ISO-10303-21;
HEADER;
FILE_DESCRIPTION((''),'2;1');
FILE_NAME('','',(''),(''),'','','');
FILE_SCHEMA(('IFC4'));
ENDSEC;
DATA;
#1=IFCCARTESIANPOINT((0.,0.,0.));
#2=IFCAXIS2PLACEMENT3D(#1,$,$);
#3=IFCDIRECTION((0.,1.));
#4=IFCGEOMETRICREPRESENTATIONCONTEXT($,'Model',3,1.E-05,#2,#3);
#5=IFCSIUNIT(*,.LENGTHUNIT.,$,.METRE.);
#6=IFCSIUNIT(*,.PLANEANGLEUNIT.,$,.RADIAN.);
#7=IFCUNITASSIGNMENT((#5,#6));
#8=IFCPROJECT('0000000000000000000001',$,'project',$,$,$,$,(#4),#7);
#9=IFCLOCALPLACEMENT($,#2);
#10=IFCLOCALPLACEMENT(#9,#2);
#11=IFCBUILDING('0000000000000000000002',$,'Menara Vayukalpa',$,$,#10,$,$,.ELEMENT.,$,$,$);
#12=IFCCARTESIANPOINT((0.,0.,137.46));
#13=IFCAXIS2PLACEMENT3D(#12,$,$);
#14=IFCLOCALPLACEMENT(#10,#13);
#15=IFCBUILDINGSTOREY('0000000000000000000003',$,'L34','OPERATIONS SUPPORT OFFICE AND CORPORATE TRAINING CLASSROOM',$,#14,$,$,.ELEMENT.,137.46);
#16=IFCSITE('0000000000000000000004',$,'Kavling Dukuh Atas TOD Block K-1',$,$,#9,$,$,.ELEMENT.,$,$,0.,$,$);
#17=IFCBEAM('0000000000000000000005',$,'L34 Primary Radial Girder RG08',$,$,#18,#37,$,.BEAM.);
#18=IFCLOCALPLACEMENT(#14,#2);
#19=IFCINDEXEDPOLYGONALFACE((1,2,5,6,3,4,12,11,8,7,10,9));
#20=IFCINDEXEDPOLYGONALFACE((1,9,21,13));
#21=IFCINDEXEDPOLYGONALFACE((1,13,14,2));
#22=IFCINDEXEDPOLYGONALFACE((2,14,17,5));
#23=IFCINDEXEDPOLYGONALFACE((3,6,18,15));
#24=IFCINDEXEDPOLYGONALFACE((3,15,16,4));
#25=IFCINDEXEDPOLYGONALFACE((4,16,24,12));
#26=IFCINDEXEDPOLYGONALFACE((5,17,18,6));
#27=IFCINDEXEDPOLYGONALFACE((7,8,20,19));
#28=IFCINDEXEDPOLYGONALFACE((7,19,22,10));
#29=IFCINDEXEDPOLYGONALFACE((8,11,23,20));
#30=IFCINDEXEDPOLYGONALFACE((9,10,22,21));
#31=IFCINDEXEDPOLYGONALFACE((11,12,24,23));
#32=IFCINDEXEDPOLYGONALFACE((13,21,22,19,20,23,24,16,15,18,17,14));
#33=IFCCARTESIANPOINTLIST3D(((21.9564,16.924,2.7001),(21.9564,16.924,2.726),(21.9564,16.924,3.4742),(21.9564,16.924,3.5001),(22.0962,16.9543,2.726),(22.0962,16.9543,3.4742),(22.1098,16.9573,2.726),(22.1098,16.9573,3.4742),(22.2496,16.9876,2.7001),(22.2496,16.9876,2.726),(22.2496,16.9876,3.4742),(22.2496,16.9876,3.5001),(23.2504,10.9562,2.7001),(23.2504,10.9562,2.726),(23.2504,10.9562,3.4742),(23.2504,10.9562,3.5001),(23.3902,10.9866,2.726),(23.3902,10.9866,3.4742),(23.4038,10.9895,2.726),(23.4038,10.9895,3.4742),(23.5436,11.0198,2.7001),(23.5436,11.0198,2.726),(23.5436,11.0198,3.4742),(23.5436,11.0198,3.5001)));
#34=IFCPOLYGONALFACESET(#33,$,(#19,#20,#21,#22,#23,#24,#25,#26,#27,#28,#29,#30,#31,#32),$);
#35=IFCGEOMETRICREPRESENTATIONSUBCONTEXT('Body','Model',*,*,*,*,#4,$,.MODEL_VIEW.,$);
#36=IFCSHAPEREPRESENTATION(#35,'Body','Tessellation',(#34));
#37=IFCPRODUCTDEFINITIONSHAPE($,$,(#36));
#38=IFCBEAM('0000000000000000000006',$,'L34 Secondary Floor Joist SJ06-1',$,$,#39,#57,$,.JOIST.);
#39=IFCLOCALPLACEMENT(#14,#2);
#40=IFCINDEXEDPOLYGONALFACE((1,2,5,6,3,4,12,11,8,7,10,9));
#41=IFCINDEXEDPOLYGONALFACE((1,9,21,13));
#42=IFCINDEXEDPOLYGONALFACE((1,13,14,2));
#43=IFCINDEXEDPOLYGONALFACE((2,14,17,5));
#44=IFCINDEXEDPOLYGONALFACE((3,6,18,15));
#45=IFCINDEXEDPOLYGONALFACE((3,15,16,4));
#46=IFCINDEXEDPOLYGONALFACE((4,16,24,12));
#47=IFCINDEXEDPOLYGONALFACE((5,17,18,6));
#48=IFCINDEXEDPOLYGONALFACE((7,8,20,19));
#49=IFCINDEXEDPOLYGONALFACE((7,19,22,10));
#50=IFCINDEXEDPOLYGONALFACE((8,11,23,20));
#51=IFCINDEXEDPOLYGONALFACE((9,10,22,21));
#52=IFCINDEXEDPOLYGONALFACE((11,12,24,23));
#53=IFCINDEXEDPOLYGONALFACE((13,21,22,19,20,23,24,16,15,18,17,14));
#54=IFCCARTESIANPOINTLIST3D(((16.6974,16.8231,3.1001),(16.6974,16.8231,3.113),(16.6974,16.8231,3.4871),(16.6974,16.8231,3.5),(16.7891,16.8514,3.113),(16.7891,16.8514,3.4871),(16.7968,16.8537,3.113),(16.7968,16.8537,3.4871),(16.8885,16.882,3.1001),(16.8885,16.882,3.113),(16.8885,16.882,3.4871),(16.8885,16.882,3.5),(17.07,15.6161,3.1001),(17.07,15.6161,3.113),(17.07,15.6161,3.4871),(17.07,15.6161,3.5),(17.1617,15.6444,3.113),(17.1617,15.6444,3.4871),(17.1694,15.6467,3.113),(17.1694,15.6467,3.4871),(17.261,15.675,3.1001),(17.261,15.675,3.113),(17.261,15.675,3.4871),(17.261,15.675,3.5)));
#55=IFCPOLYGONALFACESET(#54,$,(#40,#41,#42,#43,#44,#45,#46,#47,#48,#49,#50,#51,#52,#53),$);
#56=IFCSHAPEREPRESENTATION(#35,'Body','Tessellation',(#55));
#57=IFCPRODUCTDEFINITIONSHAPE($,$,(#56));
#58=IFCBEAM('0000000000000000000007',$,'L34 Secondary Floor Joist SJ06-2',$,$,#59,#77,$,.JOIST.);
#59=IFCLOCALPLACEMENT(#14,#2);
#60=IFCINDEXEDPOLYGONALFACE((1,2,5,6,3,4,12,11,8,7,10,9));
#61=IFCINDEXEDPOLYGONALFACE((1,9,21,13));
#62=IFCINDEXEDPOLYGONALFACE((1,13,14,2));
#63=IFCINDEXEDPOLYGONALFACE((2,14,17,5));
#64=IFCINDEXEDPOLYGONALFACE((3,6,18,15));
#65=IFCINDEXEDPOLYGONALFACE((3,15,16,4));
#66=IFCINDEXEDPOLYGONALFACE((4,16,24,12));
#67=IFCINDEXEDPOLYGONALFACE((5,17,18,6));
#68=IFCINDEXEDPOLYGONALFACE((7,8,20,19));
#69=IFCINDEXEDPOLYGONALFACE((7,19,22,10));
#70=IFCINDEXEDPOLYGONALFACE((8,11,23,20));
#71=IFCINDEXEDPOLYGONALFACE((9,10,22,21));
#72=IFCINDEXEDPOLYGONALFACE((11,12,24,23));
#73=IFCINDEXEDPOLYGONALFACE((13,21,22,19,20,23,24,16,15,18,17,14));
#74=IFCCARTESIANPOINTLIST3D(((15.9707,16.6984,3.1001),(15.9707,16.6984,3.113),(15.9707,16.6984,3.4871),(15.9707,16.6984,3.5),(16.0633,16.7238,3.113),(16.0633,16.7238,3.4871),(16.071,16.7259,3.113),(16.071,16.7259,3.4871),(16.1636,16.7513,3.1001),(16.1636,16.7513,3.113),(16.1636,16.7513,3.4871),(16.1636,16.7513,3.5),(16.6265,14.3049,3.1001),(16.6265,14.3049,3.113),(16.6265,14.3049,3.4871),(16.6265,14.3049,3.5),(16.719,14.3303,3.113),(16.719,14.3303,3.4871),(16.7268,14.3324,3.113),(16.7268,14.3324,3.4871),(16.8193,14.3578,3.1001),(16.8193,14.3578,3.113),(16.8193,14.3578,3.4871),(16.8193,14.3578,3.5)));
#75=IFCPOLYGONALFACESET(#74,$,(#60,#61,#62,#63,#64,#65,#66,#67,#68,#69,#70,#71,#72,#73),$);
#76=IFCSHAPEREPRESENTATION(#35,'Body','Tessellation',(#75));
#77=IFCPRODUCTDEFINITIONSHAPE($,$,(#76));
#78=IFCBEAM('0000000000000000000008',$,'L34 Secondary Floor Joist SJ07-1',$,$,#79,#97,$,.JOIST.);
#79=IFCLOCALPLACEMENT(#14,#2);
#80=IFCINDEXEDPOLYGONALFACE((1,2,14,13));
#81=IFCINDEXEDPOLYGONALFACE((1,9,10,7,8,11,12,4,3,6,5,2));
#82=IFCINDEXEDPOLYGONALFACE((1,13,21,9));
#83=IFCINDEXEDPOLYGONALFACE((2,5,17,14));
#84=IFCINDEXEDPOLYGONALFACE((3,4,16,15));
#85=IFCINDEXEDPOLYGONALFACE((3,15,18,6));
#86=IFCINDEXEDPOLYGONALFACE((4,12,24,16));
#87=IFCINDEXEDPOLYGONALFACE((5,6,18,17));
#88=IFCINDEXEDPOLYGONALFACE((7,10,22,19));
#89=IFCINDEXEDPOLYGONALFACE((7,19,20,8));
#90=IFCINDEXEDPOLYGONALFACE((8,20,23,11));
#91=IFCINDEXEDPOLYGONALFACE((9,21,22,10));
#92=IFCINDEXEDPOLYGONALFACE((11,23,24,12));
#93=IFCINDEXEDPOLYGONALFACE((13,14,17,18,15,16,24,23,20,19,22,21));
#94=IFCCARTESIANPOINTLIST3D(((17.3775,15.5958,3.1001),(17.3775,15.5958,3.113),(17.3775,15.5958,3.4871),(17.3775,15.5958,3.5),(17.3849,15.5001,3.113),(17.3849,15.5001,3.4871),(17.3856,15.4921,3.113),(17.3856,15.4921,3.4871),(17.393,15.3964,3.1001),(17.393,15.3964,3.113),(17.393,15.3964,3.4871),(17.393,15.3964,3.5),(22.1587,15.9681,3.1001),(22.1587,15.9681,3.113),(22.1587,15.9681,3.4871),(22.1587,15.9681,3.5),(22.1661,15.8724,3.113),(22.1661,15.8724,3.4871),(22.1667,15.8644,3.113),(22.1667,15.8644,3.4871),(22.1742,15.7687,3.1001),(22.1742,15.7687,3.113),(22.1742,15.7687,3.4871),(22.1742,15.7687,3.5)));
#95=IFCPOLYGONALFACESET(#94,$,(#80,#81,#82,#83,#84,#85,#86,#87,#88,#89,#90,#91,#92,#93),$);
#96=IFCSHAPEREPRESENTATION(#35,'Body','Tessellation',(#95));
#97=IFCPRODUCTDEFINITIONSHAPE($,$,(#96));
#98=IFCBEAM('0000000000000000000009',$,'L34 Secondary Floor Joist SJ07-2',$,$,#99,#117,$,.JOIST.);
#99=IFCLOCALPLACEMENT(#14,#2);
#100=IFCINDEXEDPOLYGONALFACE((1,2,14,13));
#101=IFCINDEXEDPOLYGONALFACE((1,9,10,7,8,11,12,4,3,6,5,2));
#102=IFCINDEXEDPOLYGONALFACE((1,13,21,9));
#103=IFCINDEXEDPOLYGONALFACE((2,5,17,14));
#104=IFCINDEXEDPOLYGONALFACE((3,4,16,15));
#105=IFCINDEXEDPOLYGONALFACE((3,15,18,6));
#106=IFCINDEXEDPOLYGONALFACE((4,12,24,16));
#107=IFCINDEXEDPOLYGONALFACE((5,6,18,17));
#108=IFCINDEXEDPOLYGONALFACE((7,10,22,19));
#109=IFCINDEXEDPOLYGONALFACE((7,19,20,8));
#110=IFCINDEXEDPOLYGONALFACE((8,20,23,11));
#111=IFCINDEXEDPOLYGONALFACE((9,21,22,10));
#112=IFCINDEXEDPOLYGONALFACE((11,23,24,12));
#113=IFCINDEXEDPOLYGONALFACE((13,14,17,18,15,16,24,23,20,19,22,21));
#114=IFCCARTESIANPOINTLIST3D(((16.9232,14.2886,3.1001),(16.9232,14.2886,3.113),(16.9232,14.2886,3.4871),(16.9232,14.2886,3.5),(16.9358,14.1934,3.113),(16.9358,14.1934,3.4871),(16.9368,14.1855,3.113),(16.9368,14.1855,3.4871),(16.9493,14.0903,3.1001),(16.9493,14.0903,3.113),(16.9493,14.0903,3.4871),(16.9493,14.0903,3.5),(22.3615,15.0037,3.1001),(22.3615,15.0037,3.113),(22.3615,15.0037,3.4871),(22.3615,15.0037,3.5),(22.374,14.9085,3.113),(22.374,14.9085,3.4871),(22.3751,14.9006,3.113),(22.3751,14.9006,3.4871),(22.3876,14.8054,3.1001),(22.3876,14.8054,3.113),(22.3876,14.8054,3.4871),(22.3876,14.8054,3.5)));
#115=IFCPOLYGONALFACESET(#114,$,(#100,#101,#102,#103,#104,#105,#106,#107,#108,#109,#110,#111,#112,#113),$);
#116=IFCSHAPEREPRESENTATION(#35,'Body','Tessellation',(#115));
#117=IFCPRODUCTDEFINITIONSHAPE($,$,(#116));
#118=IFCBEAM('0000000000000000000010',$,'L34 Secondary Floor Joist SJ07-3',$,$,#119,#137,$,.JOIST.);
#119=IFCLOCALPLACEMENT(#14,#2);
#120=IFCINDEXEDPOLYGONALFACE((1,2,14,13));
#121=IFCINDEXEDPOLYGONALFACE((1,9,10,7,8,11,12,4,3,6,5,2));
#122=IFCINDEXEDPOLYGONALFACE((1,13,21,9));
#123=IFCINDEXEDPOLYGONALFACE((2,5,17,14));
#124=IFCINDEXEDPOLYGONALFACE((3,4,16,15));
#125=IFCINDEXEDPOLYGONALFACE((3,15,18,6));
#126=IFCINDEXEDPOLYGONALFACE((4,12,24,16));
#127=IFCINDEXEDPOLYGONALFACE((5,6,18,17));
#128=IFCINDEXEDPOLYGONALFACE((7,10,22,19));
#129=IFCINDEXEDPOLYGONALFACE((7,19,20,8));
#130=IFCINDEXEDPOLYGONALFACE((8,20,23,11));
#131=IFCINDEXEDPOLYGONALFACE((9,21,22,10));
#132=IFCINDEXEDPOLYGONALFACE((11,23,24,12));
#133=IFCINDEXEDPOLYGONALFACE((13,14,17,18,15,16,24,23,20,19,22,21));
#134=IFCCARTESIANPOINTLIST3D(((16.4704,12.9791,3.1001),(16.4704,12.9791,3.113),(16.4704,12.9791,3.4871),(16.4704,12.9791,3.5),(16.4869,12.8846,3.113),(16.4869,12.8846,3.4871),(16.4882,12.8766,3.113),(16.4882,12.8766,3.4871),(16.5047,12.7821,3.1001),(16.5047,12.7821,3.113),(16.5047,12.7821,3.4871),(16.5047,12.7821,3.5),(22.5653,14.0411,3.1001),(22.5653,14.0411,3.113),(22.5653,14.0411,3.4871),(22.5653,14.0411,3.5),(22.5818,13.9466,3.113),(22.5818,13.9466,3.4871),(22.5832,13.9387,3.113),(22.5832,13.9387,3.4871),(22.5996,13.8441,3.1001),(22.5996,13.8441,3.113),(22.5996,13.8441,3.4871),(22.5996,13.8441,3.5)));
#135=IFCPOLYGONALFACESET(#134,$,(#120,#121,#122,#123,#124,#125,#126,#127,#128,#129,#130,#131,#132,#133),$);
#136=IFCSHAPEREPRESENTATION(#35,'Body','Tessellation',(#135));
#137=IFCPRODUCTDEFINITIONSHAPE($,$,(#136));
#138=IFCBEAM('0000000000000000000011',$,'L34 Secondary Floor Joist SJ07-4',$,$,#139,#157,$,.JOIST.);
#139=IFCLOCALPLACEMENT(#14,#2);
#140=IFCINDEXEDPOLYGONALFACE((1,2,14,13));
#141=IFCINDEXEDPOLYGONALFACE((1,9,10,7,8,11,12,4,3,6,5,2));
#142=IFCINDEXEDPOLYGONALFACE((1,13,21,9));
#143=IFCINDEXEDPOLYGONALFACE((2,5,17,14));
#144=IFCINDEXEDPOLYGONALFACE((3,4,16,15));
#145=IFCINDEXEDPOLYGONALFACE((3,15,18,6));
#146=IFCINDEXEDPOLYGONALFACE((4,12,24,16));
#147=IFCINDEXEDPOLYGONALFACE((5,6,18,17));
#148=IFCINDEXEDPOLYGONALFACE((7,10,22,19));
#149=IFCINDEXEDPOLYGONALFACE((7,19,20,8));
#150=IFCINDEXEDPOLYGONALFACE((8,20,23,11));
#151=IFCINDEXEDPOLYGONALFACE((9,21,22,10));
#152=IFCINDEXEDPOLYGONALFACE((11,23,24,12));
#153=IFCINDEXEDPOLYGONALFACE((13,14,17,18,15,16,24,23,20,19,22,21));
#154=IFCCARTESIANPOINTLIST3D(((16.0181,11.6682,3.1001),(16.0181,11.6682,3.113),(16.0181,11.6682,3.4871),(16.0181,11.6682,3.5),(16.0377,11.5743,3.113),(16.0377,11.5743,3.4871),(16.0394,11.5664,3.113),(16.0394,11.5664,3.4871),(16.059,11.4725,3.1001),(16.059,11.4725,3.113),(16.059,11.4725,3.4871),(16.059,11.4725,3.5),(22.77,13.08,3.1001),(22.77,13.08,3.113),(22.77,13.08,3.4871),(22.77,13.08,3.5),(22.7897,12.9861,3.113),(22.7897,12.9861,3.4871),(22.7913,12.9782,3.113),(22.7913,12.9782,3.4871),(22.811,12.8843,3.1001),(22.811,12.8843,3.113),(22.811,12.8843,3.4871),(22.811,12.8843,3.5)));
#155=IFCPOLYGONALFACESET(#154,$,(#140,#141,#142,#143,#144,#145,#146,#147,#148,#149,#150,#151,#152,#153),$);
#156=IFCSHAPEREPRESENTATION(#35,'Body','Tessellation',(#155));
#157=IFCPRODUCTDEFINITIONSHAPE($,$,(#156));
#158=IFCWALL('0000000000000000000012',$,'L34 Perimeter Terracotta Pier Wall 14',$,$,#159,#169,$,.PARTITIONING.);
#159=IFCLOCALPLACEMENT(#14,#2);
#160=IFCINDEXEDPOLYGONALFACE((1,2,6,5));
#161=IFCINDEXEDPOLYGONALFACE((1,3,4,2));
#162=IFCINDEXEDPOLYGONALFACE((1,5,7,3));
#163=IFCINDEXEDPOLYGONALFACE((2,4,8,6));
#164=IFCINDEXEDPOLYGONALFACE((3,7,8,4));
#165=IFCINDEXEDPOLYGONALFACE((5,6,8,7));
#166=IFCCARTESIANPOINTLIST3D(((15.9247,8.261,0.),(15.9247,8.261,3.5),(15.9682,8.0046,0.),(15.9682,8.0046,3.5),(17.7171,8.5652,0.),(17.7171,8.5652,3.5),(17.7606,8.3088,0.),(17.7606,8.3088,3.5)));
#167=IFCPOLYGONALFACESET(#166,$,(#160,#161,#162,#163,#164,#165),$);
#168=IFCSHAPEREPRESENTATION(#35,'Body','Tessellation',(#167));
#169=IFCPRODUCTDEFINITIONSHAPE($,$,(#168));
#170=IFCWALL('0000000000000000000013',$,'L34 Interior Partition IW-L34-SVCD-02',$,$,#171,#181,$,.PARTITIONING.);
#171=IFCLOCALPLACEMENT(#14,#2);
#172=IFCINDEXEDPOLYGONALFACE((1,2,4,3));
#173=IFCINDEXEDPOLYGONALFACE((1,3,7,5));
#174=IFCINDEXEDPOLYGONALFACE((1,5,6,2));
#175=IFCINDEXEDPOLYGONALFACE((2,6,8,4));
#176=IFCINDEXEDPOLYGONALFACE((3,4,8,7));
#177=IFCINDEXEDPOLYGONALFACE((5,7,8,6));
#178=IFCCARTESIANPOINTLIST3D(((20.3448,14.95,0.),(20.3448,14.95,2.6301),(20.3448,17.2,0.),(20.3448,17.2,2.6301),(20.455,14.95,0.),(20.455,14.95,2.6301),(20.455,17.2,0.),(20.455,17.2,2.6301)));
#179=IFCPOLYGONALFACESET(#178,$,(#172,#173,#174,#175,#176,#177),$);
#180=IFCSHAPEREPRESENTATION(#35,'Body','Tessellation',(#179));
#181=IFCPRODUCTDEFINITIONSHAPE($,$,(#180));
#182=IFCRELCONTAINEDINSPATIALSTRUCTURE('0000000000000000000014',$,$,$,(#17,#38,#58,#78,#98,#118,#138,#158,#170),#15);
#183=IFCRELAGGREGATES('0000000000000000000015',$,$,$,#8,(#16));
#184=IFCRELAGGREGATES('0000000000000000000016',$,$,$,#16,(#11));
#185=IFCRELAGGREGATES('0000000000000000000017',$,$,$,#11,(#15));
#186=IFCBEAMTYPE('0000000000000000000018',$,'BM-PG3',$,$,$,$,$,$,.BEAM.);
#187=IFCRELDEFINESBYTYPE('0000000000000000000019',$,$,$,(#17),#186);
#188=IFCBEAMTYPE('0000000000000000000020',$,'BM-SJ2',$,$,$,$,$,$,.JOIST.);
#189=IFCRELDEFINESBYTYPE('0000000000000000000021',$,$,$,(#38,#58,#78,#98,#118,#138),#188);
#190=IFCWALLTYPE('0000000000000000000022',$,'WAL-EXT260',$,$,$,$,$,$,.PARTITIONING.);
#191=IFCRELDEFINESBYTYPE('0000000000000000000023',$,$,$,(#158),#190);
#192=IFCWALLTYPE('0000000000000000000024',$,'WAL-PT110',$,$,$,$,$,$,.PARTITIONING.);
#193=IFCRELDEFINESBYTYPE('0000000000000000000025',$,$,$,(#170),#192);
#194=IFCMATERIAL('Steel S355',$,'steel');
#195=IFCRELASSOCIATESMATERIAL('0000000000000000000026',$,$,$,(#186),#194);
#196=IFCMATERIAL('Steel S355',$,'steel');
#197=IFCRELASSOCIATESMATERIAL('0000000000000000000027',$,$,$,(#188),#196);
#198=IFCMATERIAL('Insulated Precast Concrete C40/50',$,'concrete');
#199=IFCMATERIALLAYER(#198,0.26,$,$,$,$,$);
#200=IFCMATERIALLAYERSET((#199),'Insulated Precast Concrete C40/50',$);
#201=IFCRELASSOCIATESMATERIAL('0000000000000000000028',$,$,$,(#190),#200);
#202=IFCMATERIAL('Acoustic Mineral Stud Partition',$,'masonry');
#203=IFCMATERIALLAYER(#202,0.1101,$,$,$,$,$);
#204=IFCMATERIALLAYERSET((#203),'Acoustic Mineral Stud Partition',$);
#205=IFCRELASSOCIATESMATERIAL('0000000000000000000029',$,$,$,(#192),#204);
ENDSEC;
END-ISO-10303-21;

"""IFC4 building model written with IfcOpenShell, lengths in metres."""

from ifc_helpers import new_model, si_unit, direction, frame, frame_2d, origin, origin_2d, place, context, subcontext, project, spatial, rectangle, i_section, extrude, material, layer, layer_set, material_profile, profile_set, type_object, element, save


model = new_model("IFC4")

# Units and contexts
model_context = context("Model", 3, precision=1e-05, world=origin(), true_north=direction((0.0, 1.0)))
body_context = subcontext(model_context, "Body", "Model", "MODEL_VIEW")
ifc_project = project(units=[si_unit("LENGTHUNIT", "METRE"), si_unit("PLANEANGLEUNIT", "RADIAN")], contexts=[model_context])

# Site, building, storey
site_placement = place(None, origin())
site = spatial("IfcSite", under=ifc_project, at=site_placement, Name="Kavling Dukuh Atas TOD Block K-1", CompositionType="ELEMENT", RefElevation=0.0)
building_placement = place(site_placement, origin())
building = spatial("IfcBuilding", under=site, at=building_placement, Name="Menara Vayukalpa", CompositionType="ELEMENT")
storey_placement = place(building_placement, frame((0.0, 0.0, 137.46)))
storey = spatial("IfcBuildingStorey", under=building, at=storey_placement, Name="L34", Description="OPERATIONS SUPPORT OFFICE AND CORPORATE TRAINING CLASSROOM", CompositionType="ELEMENT", Elevation=137.46)

# Beams
ifc_material_1 = material(Name="Steel S355", Category="steel")
ifc_material_profile_1 = material_profile(ifc_material_1, i_section(OverallWidth=0.3, OverallDepth=0.8, WebThickness=0.0139, FlangeThickness=0.0259, at=origin_2d()), Name="WF 800x300x14x26")
ifc_profile_set_1 = profile_set([ifc_material_profile_1], Name="Steel S355")
beam_type_1 = type_object("IfcBeamType", Name="BM-PG3", PredefinedType="BEAM", material=ifc_profile_set_1)
beam_1_placement = place(storey_placement, frame((22.103, 16.9558, 3.1001), z_axis=(0.211898, -0.977292, 0.0), x_axis=(0.977292, 0.211898, 0.0)))
element("IfcBeam", 1, at=beam_1_placement, inside=storey, type_object=beam_type_1, Name="L34 Primary Radial Girder RG08", PredefinedType="BEAM", context=body_context, shape_type="SweptSolid", body=[
    extrude(i_section(OverallWidth=0.3, OverallDepth=0.8, WebThickness=0.0139, FlangeThickness=0.0259, at=origin_2d()), origin(), (0.0, 0.0, 1.0), 6.1064),
])
ifc_material_2 = material(Name="Steel S355", Category="steel")
ifc_material_profile_2 = material_profile(ifc_material_2, i_section(OverallWidth=0.2, OverallDepth=0.3999, WebThickness=0.0081, FlangeThickness=0.0129, at=origin_2d()), Name="WF 400x200x8x13")
ifc_profile_set_2 = profile_set([ifc_material_profile_2], Name="Steel S355")
beam_type_2 = type_object("IfcBeamType", Name="BM-SJ2", PredefinedType="JOIST", material=ifc_profile_set_2)
beam_2_placement = place(storey_placement, frame((16.793, 16.8525, 3.3), z_axis=(0.294928, -0.95552, 0.0), x_axis=(0.95552, 0.294928, 0.0)))
element("IfcBeam", 2, at=beam_2_placement, inside=storey, type_object=beam_type_2, Name="L34 Secondary Floor Joist SJ06-1", PredefinedType="JOIST", context=body_context, shape_type="SweptSolid", body=[
    extrude(i_section(OverallWidth=0.2, OverallDepth=0.3999, WebThickness=0.0081, FlangeThickness=0.0129, at=origin_2d()), origin(), (0.0, 0.0, 1.0), 1.2632),
])
beam_3_placement = place(storey_placement, frame((16.0671, 16.7249, 3.3), z_axis=(0.264233, -0.964459, 0.0), x_axis=(0.964459, 0.264233, 0.0)))
element("IfcBeam", 3, at=beam_3_placement, inside=storey, type_object=beam_type_2, Name="L34 Secondary Floor Joist SJ06-2", PredefinedType="JOIST", context=body_context, shape_type="SweptSolid", body=[
    extrude(i_section(OverallWidth=0.2, OverallDepth=0.3999, WebThickness=0.0081, FlangeThickness=0.0129, at=origin_2d()), origin(), (0.0, 0.0, 1.0), 2.4817),
])
beam_4_placement = place(storey_placement, frame((17.3853, 15.4961, 3.3), z_axis=(0.996982, 0.077635, 0.0), x_axis=(-0.077635, 0.996982, 0.0)))
element("IfcBeam", 4, at=beam_4_placement, inside=storey, type_object=beam_type_2, Name="L34 Secondary Floor Joist SJ07-1", PredefinedType="JOIST", context=body_context, shape_type="SweptSolid", body=[
    extrude(i_section(OverallWidth=0.2, OverallDepth=0.3999, WebThickness=0.0081, FlangeThickness=0.0129, at=origin_2d()), origin(), (0.0, 0.0, 1.0), 4.7957),
])
beam_5_placement = place(storey_placement, frame((16.9363, 14.1895, 3.3), z_axis=(0.991465, 0.13037, 0.0), x_axis=(-0.13037, 0.991465, 0.0)))
element("IfcBeam", 5, at=beam_5_placement, inside=storey, type_object=beam_type_2, Name="L34 Secondary Floor Joist SJ07-2", PredefinedType="JOIST", context=body_context, shape_type="SweptSolid", body=[
    extrude(i_section(OverallWidth=0.2, OverallDepth=0.3999, WebThickness=0.0081, FlangeThickness=0.0129, at=origin_2d()), origin(), (0.0, 0.0, 1.0), 5.4851),
])
beam_6_placement = place(storey_placement, frame((16.4875, 12.8806, 3.3), z_axis=(0.985157, 0.171658, 0.0), x_axis=(-0.171658, 0.985157, 0.0)))
element("IfcBeam", 6, at=beam_6_placement, inside=storey, type_object=beam_type_2, Name="L34 Secondary Floor Joist SJ07-3", PredefinedType="JOIST", context=body_context, shape_type="SweptSolid", body=[
    extrude(i_section(OverallWidth=0.2, OverallDepth=0.3999, WebThickness=0.0081, FlangeThickness=0.0129, at=origin_2d()), origin(), (0.0, 0.0, 1.0), 6.1868),
])
beam_7_placement = place(storey_placement, frame((16.0386, 11.5703, 3.3), z_axis=(0.978829, 0.204678, 0.0), x_axis=(-0.204678, 0.978829, 0.0)))
element("IfcBeam", 7, at=beam_7_placement, inside=storey, type_object=beam_type_2, Name="L34 Secondary Floor Joist SJ07-4", PredefinedType="JOIST", context=body_context, shape_type="SweptSolid", body=[
    extrude(i_section(OverallWidth=0.2, OverallDepth=0.3999, WebThickness=0.0081, FlangeThickness=0.0129, at=origin_2d()), origin(), (0.0, 0.0, 1.0), 6.8979),
])

# Walls
ifc_material_3 = material(Name="Insulated Precast Concrete C40/50", Category="concrete")
ifc_layer_1 = layer(ifc_material_3, 0.26)
ifc_layer_set_1 = layer_set([ifc_layer_1], Name="Insulated Precast Concrete C40/50")
wall_type_1 = type_object("IfcWallType", Name="WAL-EXT260", PredefinedType="PARTITIONING", material=ifc_layer_set_1)
wall_1_placement = place(storey_placement, frame((17.739, 8.437, 0.0), z_axis=(0.0, 0.0, 1.0), x_axis=(-0.985903, -0.167316, 0.0)))
element("IfcWall", 8, at=wall_1_placement, inside=storey, type_object=wall_type_1, Name="L34 Perimeter Terracotta Pier Wall 14", PredefinedType="PARTITIONING", context=body_context, shape_type="SweptSolid", body=[
    extrude(rectangle(XDim=1.8181, YDim=0.26, at=frame_2d((0.9092, 0.0))), origin(), (0.0, 0.0, 1.0), 3.5),
])
ifc_material_4 = material(Name="Acoustic Mineral Stud Partition", Category="masonry")
ifc_layer_2 = layer(ifc_material_4, 0.1101)
ifc_layer_set_2 = layer_set([ifc_layer_2], Name="Acoustic Mineral Stud Partition")
wall_type_2 = type_object("IfcWallType", Name="WAL-PT110", PredefinedType="PARTITIONING", material=ifc_layer_set_2)
wall_2_placement = place(storey_placement, frame((20.3999, 14.95, 0.0), z_axis=(0.0, 0.0, 1.0), x_axis=(0.0, 1.0, 0.0)))
element("IfcWall", 9, at=wall_2_placement, inside=storey, type_object=wall_type_2, Name="L34 Interior Partition IW-L34-SVCD-02", PredefinedType="PARTITIONING", context=body_context, shape_type="SweptSolid", body=[
    extrude(rectangle(XDim=2.25, YDim=0.1101, at=frame_2d((1.125, 0.0))), origin(), (0.0, 0.0, 1.0), 2.6301),
])

save(model, "model.ifc")
